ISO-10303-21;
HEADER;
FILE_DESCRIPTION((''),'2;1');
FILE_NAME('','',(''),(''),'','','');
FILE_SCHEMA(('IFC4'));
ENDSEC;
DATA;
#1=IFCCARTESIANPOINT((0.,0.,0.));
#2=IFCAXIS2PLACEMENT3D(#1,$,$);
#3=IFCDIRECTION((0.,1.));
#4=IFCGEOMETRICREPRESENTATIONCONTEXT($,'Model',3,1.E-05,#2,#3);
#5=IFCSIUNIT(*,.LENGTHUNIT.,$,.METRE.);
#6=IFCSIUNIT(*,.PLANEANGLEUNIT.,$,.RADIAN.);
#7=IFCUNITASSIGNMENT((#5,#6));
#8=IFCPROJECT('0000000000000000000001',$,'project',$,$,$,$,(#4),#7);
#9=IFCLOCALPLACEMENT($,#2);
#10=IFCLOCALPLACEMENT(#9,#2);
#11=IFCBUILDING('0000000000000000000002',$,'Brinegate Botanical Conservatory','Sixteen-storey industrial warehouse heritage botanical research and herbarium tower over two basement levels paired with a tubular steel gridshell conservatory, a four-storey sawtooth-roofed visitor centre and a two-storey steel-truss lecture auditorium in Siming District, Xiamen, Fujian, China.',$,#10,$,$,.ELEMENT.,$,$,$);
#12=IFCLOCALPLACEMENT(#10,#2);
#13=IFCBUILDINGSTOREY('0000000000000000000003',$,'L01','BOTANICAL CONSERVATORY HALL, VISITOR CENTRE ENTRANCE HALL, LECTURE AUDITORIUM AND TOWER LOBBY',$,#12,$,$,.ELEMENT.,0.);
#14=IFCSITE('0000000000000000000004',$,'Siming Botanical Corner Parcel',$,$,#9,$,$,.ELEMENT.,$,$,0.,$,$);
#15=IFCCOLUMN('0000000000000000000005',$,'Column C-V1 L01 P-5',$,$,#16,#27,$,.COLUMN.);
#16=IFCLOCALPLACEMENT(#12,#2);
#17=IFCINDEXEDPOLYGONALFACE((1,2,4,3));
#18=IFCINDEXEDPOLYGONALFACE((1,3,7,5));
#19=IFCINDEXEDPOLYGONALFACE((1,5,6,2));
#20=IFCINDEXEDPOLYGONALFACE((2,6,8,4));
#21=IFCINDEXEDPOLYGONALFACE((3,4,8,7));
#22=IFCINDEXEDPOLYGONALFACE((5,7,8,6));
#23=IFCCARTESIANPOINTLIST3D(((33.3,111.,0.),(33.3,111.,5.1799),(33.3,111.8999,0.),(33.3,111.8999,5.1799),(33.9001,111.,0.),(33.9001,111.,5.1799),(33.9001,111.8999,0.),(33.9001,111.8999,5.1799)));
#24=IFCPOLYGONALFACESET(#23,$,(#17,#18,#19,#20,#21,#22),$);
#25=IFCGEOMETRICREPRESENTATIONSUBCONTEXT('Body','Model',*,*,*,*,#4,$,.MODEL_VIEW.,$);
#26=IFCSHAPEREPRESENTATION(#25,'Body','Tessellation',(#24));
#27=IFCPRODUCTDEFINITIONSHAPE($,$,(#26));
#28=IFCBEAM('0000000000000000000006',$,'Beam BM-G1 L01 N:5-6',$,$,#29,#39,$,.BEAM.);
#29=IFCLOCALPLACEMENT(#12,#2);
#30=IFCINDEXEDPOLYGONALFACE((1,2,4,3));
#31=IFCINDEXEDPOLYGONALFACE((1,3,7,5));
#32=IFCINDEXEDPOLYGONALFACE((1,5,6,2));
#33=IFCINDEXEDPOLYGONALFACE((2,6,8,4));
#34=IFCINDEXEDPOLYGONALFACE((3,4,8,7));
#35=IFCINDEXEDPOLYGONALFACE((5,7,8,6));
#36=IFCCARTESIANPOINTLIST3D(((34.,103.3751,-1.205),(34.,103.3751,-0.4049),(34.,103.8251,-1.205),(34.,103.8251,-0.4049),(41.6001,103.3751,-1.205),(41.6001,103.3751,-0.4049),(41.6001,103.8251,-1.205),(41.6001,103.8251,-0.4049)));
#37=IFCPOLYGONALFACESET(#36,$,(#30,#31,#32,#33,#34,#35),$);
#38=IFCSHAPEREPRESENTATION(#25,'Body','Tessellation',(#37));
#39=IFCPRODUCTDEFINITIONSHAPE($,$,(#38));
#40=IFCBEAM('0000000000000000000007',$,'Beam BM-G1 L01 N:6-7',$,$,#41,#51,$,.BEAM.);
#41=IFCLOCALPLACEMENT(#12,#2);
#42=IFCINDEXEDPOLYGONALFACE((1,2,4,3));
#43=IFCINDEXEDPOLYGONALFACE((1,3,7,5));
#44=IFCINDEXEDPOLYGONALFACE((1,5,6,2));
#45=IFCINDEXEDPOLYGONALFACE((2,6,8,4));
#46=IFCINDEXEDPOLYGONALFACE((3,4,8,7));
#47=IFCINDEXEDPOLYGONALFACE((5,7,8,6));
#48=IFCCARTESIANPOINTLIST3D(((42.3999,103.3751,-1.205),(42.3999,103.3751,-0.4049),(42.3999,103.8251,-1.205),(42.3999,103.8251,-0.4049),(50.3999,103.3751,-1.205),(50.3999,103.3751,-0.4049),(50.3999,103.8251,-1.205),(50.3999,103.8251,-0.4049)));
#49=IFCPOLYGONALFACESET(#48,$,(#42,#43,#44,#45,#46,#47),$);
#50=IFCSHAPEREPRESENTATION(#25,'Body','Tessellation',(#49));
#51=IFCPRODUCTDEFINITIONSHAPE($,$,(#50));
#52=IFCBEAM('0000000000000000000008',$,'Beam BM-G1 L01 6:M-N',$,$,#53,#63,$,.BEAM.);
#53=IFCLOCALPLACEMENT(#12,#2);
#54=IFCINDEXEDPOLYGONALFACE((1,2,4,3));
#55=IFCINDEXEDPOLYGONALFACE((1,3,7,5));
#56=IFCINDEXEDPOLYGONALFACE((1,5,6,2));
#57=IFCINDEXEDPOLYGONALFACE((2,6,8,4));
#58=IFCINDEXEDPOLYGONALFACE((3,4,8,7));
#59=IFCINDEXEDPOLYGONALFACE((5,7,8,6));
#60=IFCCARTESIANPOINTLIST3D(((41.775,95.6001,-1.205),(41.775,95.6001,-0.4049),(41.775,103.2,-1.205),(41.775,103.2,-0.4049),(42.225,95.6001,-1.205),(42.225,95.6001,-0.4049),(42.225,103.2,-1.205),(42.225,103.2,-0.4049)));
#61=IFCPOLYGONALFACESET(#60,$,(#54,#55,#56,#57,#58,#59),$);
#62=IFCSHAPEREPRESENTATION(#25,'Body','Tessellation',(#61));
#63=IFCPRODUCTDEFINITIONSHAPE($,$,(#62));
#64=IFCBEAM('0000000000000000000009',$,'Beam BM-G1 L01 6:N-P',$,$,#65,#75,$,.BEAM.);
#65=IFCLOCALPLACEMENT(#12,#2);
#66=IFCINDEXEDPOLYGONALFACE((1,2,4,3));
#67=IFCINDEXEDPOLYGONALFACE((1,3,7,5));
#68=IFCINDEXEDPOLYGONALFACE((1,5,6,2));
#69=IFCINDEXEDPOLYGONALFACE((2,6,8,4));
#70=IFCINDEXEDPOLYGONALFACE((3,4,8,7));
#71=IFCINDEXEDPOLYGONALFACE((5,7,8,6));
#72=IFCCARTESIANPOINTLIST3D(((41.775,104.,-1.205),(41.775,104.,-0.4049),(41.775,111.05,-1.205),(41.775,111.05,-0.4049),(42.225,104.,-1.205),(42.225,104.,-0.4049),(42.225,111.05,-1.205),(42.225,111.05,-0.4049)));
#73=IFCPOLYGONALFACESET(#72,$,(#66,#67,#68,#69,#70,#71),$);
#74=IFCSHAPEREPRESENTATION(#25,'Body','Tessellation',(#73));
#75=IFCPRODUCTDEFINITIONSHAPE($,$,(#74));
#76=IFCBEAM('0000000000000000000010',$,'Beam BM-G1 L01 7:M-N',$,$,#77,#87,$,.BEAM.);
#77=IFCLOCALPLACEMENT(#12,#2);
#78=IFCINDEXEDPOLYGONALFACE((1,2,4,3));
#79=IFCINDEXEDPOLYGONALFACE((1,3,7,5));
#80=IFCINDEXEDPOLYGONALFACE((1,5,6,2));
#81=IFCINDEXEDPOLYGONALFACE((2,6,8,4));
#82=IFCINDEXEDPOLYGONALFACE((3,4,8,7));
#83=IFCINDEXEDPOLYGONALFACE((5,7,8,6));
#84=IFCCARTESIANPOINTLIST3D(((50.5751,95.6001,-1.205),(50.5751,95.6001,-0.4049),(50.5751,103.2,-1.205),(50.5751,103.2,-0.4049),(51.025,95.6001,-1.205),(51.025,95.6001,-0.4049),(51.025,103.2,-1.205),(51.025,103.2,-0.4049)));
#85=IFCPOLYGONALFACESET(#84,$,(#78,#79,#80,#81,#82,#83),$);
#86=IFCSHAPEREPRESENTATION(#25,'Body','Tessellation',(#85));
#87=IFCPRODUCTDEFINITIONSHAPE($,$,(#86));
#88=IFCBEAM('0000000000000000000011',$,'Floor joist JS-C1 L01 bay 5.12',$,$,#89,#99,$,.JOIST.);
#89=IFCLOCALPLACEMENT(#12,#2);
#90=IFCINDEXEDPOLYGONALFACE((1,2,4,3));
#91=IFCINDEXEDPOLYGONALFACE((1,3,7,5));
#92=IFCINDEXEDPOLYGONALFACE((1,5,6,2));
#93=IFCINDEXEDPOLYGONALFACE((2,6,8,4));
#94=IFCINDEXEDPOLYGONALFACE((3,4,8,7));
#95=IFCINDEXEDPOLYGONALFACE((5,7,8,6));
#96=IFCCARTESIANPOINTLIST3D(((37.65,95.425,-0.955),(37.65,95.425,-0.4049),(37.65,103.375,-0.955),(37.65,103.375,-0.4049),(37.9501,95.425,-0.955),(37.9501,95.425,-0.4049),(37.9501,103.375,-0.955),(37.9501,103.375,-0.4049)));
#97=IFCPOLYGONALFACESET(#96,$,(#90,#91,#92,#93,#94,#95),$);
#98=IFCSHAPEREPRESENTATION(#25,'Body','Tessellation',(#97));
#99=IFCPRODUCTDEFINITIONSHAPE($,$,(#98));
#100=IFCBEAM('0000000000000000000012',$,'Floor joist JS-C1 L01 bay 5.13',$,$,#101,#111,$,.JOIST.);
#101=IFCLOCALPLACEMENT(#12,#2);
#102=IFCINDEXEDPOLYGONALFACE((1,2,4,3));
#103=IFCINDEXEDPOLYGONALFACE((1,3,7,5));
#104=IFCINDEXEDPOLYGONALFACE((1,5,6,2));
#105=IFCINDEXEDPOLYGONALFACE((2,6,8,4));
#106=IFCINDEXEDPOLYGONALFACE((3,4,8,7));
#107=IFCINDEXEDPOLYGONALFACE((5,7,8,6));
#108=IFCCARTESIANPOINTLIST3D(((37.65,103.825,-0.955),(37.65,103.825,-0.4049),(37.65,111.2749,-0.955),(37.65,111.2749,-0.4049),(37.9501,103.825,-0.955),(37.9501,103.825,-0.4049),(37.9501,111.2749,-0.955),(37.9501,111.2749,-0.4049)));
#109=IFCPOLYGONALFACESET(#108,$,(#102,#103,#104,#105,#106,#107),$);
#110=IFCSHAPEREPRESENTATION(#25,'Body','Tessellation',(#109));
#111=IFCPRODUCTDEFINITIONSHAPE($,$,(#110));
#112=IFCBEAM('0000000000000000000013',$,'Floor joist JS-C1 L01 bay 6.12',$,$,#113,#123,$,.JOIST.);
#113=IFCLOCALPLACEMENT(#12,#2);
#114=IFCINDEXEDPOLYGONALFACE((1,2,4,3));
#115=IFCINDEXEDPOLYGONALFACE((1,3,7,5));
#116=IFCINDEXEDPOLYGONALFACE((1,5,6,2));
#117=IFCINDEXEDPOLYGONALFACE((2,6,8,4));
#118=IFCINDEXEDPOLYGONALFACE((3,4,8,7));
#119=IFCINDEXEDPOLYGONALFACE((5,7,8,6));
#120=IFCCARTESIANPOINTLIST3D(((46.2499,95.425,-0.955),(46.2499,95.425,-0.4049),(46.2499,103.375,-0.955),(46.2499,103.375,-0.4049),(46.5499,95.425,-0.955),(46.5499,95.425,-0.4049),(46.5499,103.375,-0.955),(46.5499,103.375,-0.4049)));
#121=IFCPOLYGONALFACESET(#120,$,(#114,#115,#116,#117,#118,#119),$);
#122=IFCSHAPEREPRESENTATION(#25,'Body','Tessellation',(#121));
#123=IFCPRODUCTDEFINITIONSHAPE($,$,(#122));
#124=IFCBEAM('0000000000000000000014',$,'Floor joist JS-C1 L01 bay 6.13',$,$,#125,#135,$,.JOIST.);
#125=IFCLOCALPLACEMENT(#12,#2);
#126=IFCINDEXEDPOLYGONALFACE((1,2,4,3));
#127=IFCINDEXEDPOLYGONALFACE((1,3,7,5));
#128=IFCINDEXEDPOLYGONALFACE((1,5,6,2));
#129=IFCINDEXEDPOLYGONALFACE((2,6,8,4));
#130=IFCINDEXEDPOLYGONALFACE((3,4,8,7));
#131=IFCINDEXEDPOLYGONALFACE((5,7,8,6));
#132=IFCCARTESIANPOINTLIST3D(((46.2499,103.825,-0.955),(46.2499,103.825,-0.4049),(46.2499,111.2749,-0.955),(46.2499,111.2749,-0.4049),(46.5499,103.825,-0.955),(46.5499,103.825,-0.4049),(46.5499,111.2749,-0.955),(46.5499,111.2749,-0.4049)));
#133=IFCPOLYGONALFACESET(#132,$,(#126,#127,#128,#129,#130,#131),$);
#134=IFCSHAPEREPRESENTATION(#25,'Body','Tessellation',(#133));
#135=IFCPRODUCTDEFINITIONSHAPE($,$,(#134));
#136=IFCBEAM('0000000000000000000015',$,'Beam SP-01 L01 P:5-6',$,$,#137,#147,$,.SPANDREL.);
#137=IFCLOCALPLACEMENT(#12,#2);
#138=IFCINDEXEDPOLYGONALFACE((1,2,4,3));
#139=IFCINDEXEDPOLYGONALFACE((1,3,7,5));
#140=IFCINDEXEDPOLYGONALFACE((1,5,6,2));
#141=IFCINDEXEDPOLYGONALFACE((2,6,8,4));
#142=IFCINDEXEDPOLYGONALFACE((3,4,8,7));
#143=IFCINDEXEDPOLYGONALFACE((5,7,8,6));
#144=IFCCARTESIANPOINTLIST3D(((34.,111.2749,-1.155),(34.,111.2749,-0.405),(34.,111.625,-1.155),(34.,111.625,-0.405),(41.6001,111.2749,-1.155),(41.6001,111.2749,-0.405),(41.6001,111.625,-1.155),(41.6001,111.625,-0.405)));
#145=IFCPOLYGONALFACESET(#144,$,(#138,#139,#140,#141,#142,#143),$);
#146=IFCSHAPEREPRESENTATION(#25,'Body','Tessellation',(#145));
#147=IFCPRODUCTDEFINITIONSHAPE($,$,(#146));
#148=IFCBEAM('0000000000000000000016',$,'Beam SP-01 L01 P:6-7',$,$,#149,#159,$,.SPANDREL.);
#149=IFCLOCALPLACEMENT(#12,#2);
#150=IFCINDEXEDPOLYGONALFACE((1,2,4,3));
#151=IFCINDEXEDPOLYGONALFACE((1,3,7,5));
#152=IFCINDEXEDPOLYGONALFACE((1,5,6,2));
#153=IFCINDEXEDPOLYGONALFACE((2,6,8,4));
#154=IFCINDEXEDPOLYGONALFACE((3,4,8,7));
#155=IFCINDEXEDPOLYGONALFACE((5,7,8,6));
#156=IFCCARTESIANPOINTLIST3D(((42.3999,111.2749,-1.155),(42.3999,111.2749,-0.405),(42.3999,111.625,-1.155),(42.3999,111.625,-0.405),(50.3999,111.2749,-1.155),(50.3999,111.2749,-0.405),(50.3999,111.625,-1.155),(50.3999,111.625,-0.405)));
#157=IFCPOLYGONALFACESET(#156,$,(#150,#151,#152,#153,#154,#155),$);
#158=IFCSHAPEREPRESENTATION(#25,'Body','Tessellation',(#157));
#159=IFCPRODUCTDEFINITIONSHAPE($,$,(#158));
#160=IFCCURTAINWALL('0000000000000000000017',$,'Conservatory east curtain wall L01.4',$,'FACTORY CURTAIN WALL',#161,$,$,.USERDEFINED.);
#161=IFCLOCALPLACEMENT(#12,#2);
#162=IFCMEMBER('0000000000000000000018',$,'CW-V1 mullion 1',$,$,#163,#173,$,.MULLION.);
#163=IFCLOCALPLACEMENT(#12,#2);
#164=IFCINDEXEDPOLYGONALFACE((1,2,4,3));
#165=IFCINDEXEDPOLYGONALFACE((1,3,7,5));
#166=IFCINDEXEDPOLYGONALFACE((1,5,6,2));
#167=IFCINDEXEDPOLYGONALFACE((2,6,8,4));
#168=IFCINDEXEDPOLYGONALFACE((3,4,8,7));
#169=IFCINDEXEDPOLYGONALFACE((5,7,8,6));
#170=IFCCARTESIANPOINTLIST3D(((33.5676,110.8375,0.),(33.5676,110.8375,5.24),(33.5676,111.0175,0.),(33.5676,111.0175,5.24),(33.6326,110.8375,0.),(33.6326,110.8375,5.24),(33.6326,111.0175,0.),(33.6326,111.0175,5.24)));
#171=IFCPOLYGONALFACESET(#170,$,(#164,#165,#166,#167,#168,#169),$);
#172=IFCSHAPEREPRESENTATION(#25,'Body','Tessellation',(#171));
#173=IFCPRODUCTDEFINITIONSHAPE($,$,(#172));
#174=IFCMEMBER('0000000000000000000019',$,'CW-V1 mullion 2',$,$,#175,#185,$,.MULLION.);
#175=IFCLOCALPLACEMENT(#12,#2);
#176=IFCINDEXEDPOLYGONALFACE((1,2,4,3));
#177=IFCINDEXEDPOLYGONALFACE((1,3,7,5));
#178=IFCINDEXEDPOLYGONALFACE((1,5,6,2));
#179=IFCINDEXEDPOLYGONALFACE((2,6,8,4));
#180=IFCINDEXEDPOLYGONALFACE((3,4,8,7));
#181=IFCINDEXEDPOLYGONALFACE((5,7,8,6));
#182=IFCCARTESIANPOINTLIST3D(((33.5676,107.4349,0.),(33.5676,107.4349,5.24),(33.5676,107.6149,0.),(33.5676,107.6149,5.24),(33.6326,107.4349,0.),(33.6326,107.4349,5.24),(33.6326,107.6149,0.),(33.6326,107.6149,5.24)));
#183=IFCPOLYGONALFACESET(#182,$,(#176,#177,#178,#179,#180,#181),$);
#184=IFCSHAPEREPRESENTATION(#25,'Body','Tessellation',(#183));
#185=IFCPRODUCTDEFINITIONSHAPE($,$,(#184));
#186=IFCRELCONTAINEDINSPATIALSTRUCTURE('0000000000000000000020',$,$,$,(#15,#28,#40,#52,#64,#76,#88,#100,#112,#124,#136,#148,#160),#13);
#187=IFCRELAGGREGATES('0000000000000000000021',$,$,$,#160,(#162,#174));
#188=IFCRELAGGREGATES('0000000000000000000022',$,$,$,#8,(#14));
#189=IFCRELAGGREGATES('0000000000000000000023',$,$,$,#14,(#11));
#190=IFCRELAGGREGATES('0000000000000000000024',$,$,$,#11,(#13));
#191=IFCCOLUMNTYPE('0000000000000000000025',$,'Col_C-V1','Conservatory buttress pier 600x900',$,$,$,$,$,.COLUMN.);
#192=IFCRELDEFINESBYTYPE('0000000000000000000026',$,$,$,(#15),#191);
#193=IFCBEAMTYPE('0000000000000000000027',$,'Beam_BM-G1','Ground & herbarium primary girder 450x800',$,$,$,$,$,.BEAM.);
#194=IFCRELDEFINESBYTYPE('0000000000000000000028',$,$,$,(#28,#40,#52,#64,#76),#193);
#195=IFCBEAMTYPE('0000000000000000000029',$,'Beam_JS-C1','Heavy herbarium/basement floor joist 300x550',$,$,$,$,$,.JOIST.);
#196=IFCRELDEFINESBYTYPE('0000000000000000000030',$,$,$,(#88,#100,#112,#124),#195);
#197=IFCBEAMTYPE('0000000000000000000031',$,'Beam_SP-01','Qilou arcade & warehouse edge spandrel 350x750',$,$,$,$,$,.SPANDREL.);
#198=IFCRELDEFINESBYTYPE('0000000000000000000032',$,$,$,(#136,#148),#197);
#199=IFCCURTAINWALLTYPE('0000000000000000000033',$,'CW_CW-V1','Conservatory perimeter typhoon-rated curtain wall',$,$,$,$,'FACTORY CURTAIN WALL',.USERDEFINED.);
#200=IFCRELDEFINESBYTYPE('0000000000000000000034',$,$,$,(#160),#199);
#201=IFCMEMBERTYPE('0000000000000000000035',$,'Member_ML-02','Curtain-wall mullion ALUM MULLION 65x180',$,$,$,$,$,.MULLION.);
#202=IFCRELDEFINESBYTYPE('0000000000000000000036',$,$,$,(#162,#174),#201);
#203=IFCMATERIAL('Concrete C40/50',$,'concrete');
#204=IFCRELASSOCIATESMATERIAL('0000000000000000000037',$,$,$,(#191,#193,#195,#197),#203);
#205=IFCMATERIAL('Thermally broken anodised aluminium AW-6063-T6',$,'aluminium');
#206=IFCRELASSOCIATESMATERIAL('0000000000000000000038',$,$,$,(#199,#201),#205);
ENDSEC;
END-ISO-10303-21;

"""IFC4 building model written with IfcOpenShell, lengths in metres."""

from ifc_helpers import new_model, si_unit, direction, frame, origin, origin_2d, place, context, subcontext, project, spatial, rectangle, extrude, material, material_profile, profile_set, type_object, element, aggregate, save


model = new_model("IFC4")

# Units and contexts
model_context = context("Model", 3, precision=1e-05, world=origin(), true_north=direction((0.0, 1.0)))
body_context = subcontext(model_context, "Body", "Model", "MODEL_VIEW")
ifc_project = project(units=[si_unit("LENGTHUNIT", "METRE"), si_unit("PLANEANGLEUNIT", "RADIAN")], contexts=[model_context])

# Site, building, storey
site_placement = place(None, origin())
site = spatial("IfcSite", under=ifc_project, at=site_placement, Name="Siming Botanical Corner Parcel", CompositionType="ELEMENT", RefElevation=0.0)
building_placement = place(site_placement, origin())
building = spatial("IfcBuilding", under=site, at=building_placement, Name="Brinegate Botanical Conservatory", Description="Sixteen-storey industrial warehouse heritage botanical research and herbarium tower over two basement levels paired with a tubular steel gridshell conservatory, a four-storey sawtooth-roofed visitor centre and a two-storey steel-truss lecture auditorium in Siming District, Xiamen, Fujian, China.", CompositionType="ELEMENT")
storey_placement = place(building_placement, origin())
storey = spatial("IfcBuildingStorey", under=building, at=storey_placement, Name="L01", Description="BOTANICAL CONSERVATORY HALL, VISITOR CENTRE ENTRANCE HALL, LECTURE AUDITORIUM AND TOWER LOBBY", CompositionType="ELEMENT", Elevation=0.0)

# Column
ifc_material_1 = material(Name="Concrete C40/50", Category="concrete")
ifc_material_profile_1 = material_profile(ifc_material_1, rectangle(XDim=0.6001, YDim=0.8999, at=origin_2d()), Name="RC PIER 600x900")
ifc_profile_set_1 = profile_set([ifc_material_profile_1], Name="Concrete C40/50")
column_type = type_object("IfcColumnType", Name="Col_C-V1", Description="Conservatory buttress pier 600x900", PredefinedType="COLUMN", material=ifc_profile_set_1)
column_placement = place(storey_placement, frame((33.6001, 111.45, 0.0), z_axis=(0.0, 0.0, 1.0), x_axis=(1.0, 0.0, 0.0)))
element("IfcColumn", 1, at=column_placement, inside=storey, type_object=column_type, Name="Column C-V1 L01 P-5", PredefinedType="COLUMN", context=body_context, shape_type="SweptSolid", body=[
    extrude(rectangle(XDim=0.6001, YDim=0.8999, at=origin_2d()), origin(), (0.0, 0.0, 1.0), 5.1799),
])

# Beams
ifc_material_profile_2 = material_profile(ifc_material_1, rectangle(XDim=0.45, YDim=0.8, at=origin_2d()), Name="RC BM 450x800")
ifc_profile_set_2 = profile_set([ifc_material_profile_2], Name="Concrete C40/50")
beam_type_1 = type_object("IfcBeamType", Name="Beam_BM-G1", Description="Ground & herbarium primary girder 450x800", PredefinedType="BEAM", material=ifc_profile_set_2)
beam_1_placement = place(storey_placement, frame((34.0, 103.6001, -0.8049), z_axis=(1.0, 0.0, 0.0), x_axis=(0.0, 1.0, 0.0)))
element("IfcBeam", 2, at=beam_1_placement, inside=storey, type_object=beam_type_1, Name="Beam BM-G1 L01 N:5-6", PredefinedType="BEAM", context=body_context, shape_type="SweptSolid", body=[
    extrude(rectangle(XDim=0.45, YDim=0.8, at=origin_2d()), origin(), (0.0, 0.0, 1.0), 7.6001),
])
beam_2_placement = place(storey_placement, frame((42.3999, 103.6001, -0.8049), z_axis=(1.0, 0.0, 0.0), x_axis=(0.0, 1.0, 0.0)))
element("IfcBeam", 3, at=beam_2_placement, inside=storey, type_object=beam_type_1, Name="Beam BM-G1 L01 N:6-7", PredefinedType="BEAM", context=body_context, shape_type="SweptSolid", body=[
    extrude(rectangle(XDim=0.45, YDim=0.8, at=origin_2d()), origin(), (0.0, 0.0, 1.0), 8.0),
])
beam_3_placement = place(storey_placement, frame((42.0, 95.6001, -0.8049), z_axis=(0.0, 1.0, 0.0), x_axis=(-1.0, 0.0, 0.0)))
element("IfcBeam", 4, at=beam_3_placement, inside=storey, type_object=beam_type_1, Name="Beam BM-G1 L01 6:M-N", PredefinedType="BEAM", context=body_context, shape_type="SweptSolid", body=[
    extrude(rectangle(XDim=0.45, YDim=0.8, at=origin_2d()), origin(), (0.0, 0.0, 1.0), 7.5999),
])
beam_4_placement = place(storey_placement, frame((42.0, 104.0, -0.8049), z_axis=(0.0, 1.0, 0.0), x_axis=(-1.0, 0.0, 0.0)))
element("IfcBeam", 5, at=beam_4_placement, inside=storey, type_object=beam_type_1, Name="Beam BM-G1 L01 6:N-P", PredefinedType="BEAM", context=body_context, shape_type="SweptSolid", body=[
    extrude(rectangle(XDim=0.45, YDim=0.8, at=origin_2d()), origin(), (0.0, 0.0, 1.0), 7.05),
])
beam_5_placement = place(storey_placement, frame((50.8, 95.6001, -0.8049), z_axis=(0.0, 1.0, 0.0), x_axis=(-1.0, 0.0, 0.0)))
element("IfcBeam", 6, at=beam_5_placement, inside=storey, type_object=beam_type_1, Name="Beam BM-G1 L01 7:M-N", PredefinedType="BEAM", context=body_context, shape_type="SweptSolid", body=[
    extrude(rectangle(XDim=0.45, YDim=0.8, at=origin_2d()), origin(), (0.0, 0.0, 1.0), 7.5999),
])
ifc_material_profile_3 = material_profile(ifc_material_1, rectangle(XDim=0.3, YDim=0.55, at=origin_2d()), Name="RC JST 300x550")
ifc_profile_set_3 = profile_set([ifc_material_profile_3], Name="Concrete C40/50")
beam_type_2 = type_object("IfcBeamType", Name="Beam_JS-C1", Description="Heavy herbarium/basement floor joist 300x550", PredefinedType="JOIST", material=ifc_profile_set_3)
beam_6_placement = place(storey_placement, frame((37.8, 95.425, -0.6799), z_axis=(0.0, 1.0, 0.0), x_axis=(-1.0, 0.0, 0.0)))
element("IfcBeam", 7, at=beam_6_placement, inside=storey, type_object=beam_type_2, Name="Floor joist JS-C1 L01 bay 5.12", PredefinedType="JOIST", context=body_context, shape_type="SweptSolid", body=[
    extrude(rectangle(XDim=0.3, YDim=0.55, at=origin_2d()), origin(), (0.0, 0.0, 1.0), 7.95),
])
beam_7_placement = place(storey_placement, frame((37.8, 103.825, -0.6799), z_axis=(0.0, 1.0, 0.0), x_axis=(-1.0, 0.0, 0.0)))
element("IfcBeam", 8, at=beam_7_placement, inside=storey, type_object=beam_type_2, Name="Floor joist JS-C1 L01 bay 5.13", PredefinedType="JOIST", context=body_context, shape_type="SweptSolid", body=[
    extrude(rectangle(XDim=0.3, YDim=0.55, at=origin_2d()), origin(), (0.0, 0.0, 1.0), 7.45),
])
beam_8_placement = place(storey_placement, frame((46.3999, 95.425, -0.6799), z_axis=(0.0, 1.0, 0.0), x_axis=(-1.0, 0.0, 0.0)))
element("IfcBeam", 9, at=beam_8_placement, inside=storey, type_object=beam_type_2, Name="Floor joist JS-C1 L01 bay 6.12", PredefinedType="JOIST", context=body_context, shape_type="SweptSolid", body=[
    extrude(rectangle(XDim=0.3, YDim=0.55, at=origin_2d()), origin(), (0.0, 0.0, 1.0), 7.95),
])
beam_9_placement = place(storey_placement, frame((46.3999, 103.825, -0.6799), z_axis=(0.0, 1.0, 0.0), x_axis=(-1.0, 0.0, 0.0)))
element("IfcBeam", 10, at=beam_9_placement, inside=storey, type_object=beam_type_2, Name="Floor joist JS-C1 L01 bay 6.13", PredefinedType="JOIST", context=body_context, shape_type="SweptSolid", body=[
    extrude(rectangle(XDim=0.3, YDim=0.55, at=origin_2d()), origin(), (0.0, 0.0, 1.0), 7.45),
])
ifc_material_profile_4 = material_profile(ifc_material_1, rectangle(XDim=0.3501, YDim=0.75, at=origin_2d()), Name="RC SPN 350x750")
ifc_profile_set_4 = profile_set([ifc_material_profile_4], Name="Concrete C40/50")
beam_type_3 = type_object("IfcBeamType", Name="Beam_SP-01", Description="Qilou arcade & warehouse edge spandrel 350x750", PredefinedType="SPANDREL", material=ifc_profile_set_4)
beam_10_placement = place(storey_placement, frame((34.0, 111.45, -0.78), z_axis=(1.0, 0.0, 0.0), x_axis=(0.0, 1.0, 0.0)))
element("IfcBeam", 11, at=beam_10_placement, inside=storey, type_object=beam_type_3, Name="Beam SP-01 L01 P:5-6", PredefinedType="SPANDREL", context=body_context, shape_type="SweptSolid", body=[
    extrude(rectangle(XDim=0.3501, YDim=0.75, at=origin_2d()), origin(), (0.0, 0.0, 1.0), 7.6001),
])
beam_11_placement = place(storey_placement, frame((42.3999, 111.45, -0.78), z_axis=(1.0, 0.0, 0.0), x_axis=(0.0, 1.0, 0.0)))
element("IfcBeam", 12, at=beam_11_placement, inside=storey, type_object=beam_type_3, Name="Beam SP-01 L01 P:6-7", PredefinedType="SPANDREL", context=body_context, shape_type="SweptSolid", body=[
    extrude(rectangle(XDim=0.3501, YDim=0.75, at=origin_2d()), origin(), (0.0, 0.0, 1.0), 8.0),
])

# Curtain wall, members
ifc_material_2 = material(Name="Thermally broken anodised aluminium AW-6063-T6", Category="aluminium")
curtain_wall_type_1 = type_object("IfcCurtainWallType", Name="CW_CW-V1", Description="Conservatory perimeter typhoon-rated curtain wall", ElementType="FACTORY CURTAIN WALL", PredefinedType="USERDEFINED", material=ifc_material_2)
curtain_wall_1_placement = place(storey_placement, origin())
curtain_wall_1 = element("IfcCurtainWall", 13, at=curtain_wall_1_placement, inside=storey, type_object=curtain_wall_type_1, Name="Conservatory east curtain wall L01.4", ObjectType="FACTORY CURTAIN WALL", PredefinedType="USERDEFINED")
ifc_material_profile_5 = material_profile(ifc_material_2, rectangle(XDim=0.0649, YDim=0.1799, at=origin_2d()), Name="ALUM MULLION 65x180")
ifc_profile_set_5 = profile_set([ifc_material_profile_5], Name="Thermally broken anodised aluminium AW-6063-T6")
member_type_1 = type_object("IfcMemberType", Name="Member_ML-02", Description="Curtain-wall mullion ALUM MULLION 65x180", PredefinedType="MULLION", material=ifc_profile_set_5)
member_1_placement = place(storey_placement, frame((33.6001, 110.9275, 0.0), z_axis=(0.0, 0.0, 1.0), x_axis=(1.0, 0.0, 0.0)))
member_1 = element("IfcMember", 14, at=member_1_placement, type_object=member_type_1, Name="CW-V1 mullion 1", PredefinedType="MULLION", context=body_context, shape_type="SweptSolid", body=[
    extrude(rectangle(XDim=0.0649, YDim=0.1799, at=origin_2d()), origin(), (0.0, 0.0, 1.0), 5.24),
])
member_2_placement = place(storey_placement, frame((33.6001, 107.5249, 0.0), z_axis=(0.0, 0.0, 1.0), x_axis=(1.0, 0.0, 0.0)))
member_2 = element("IfcMember", 15, at=member_2_placement, type_object=member_type_1, Name="CW-V1 mullion 2", PredefinedType="MULLION", context=body_context, shape_type="SweptSolid", body=[
    extrude(rectangle(XDim=0.0649, YDim=0.1799, at=origin_2d()), origin(), (0.0, 0.0, 1.0), 5.24),
])

aggregate(curtain_wall_1, [member_1, member_2])

save(model, "model.ifc")
